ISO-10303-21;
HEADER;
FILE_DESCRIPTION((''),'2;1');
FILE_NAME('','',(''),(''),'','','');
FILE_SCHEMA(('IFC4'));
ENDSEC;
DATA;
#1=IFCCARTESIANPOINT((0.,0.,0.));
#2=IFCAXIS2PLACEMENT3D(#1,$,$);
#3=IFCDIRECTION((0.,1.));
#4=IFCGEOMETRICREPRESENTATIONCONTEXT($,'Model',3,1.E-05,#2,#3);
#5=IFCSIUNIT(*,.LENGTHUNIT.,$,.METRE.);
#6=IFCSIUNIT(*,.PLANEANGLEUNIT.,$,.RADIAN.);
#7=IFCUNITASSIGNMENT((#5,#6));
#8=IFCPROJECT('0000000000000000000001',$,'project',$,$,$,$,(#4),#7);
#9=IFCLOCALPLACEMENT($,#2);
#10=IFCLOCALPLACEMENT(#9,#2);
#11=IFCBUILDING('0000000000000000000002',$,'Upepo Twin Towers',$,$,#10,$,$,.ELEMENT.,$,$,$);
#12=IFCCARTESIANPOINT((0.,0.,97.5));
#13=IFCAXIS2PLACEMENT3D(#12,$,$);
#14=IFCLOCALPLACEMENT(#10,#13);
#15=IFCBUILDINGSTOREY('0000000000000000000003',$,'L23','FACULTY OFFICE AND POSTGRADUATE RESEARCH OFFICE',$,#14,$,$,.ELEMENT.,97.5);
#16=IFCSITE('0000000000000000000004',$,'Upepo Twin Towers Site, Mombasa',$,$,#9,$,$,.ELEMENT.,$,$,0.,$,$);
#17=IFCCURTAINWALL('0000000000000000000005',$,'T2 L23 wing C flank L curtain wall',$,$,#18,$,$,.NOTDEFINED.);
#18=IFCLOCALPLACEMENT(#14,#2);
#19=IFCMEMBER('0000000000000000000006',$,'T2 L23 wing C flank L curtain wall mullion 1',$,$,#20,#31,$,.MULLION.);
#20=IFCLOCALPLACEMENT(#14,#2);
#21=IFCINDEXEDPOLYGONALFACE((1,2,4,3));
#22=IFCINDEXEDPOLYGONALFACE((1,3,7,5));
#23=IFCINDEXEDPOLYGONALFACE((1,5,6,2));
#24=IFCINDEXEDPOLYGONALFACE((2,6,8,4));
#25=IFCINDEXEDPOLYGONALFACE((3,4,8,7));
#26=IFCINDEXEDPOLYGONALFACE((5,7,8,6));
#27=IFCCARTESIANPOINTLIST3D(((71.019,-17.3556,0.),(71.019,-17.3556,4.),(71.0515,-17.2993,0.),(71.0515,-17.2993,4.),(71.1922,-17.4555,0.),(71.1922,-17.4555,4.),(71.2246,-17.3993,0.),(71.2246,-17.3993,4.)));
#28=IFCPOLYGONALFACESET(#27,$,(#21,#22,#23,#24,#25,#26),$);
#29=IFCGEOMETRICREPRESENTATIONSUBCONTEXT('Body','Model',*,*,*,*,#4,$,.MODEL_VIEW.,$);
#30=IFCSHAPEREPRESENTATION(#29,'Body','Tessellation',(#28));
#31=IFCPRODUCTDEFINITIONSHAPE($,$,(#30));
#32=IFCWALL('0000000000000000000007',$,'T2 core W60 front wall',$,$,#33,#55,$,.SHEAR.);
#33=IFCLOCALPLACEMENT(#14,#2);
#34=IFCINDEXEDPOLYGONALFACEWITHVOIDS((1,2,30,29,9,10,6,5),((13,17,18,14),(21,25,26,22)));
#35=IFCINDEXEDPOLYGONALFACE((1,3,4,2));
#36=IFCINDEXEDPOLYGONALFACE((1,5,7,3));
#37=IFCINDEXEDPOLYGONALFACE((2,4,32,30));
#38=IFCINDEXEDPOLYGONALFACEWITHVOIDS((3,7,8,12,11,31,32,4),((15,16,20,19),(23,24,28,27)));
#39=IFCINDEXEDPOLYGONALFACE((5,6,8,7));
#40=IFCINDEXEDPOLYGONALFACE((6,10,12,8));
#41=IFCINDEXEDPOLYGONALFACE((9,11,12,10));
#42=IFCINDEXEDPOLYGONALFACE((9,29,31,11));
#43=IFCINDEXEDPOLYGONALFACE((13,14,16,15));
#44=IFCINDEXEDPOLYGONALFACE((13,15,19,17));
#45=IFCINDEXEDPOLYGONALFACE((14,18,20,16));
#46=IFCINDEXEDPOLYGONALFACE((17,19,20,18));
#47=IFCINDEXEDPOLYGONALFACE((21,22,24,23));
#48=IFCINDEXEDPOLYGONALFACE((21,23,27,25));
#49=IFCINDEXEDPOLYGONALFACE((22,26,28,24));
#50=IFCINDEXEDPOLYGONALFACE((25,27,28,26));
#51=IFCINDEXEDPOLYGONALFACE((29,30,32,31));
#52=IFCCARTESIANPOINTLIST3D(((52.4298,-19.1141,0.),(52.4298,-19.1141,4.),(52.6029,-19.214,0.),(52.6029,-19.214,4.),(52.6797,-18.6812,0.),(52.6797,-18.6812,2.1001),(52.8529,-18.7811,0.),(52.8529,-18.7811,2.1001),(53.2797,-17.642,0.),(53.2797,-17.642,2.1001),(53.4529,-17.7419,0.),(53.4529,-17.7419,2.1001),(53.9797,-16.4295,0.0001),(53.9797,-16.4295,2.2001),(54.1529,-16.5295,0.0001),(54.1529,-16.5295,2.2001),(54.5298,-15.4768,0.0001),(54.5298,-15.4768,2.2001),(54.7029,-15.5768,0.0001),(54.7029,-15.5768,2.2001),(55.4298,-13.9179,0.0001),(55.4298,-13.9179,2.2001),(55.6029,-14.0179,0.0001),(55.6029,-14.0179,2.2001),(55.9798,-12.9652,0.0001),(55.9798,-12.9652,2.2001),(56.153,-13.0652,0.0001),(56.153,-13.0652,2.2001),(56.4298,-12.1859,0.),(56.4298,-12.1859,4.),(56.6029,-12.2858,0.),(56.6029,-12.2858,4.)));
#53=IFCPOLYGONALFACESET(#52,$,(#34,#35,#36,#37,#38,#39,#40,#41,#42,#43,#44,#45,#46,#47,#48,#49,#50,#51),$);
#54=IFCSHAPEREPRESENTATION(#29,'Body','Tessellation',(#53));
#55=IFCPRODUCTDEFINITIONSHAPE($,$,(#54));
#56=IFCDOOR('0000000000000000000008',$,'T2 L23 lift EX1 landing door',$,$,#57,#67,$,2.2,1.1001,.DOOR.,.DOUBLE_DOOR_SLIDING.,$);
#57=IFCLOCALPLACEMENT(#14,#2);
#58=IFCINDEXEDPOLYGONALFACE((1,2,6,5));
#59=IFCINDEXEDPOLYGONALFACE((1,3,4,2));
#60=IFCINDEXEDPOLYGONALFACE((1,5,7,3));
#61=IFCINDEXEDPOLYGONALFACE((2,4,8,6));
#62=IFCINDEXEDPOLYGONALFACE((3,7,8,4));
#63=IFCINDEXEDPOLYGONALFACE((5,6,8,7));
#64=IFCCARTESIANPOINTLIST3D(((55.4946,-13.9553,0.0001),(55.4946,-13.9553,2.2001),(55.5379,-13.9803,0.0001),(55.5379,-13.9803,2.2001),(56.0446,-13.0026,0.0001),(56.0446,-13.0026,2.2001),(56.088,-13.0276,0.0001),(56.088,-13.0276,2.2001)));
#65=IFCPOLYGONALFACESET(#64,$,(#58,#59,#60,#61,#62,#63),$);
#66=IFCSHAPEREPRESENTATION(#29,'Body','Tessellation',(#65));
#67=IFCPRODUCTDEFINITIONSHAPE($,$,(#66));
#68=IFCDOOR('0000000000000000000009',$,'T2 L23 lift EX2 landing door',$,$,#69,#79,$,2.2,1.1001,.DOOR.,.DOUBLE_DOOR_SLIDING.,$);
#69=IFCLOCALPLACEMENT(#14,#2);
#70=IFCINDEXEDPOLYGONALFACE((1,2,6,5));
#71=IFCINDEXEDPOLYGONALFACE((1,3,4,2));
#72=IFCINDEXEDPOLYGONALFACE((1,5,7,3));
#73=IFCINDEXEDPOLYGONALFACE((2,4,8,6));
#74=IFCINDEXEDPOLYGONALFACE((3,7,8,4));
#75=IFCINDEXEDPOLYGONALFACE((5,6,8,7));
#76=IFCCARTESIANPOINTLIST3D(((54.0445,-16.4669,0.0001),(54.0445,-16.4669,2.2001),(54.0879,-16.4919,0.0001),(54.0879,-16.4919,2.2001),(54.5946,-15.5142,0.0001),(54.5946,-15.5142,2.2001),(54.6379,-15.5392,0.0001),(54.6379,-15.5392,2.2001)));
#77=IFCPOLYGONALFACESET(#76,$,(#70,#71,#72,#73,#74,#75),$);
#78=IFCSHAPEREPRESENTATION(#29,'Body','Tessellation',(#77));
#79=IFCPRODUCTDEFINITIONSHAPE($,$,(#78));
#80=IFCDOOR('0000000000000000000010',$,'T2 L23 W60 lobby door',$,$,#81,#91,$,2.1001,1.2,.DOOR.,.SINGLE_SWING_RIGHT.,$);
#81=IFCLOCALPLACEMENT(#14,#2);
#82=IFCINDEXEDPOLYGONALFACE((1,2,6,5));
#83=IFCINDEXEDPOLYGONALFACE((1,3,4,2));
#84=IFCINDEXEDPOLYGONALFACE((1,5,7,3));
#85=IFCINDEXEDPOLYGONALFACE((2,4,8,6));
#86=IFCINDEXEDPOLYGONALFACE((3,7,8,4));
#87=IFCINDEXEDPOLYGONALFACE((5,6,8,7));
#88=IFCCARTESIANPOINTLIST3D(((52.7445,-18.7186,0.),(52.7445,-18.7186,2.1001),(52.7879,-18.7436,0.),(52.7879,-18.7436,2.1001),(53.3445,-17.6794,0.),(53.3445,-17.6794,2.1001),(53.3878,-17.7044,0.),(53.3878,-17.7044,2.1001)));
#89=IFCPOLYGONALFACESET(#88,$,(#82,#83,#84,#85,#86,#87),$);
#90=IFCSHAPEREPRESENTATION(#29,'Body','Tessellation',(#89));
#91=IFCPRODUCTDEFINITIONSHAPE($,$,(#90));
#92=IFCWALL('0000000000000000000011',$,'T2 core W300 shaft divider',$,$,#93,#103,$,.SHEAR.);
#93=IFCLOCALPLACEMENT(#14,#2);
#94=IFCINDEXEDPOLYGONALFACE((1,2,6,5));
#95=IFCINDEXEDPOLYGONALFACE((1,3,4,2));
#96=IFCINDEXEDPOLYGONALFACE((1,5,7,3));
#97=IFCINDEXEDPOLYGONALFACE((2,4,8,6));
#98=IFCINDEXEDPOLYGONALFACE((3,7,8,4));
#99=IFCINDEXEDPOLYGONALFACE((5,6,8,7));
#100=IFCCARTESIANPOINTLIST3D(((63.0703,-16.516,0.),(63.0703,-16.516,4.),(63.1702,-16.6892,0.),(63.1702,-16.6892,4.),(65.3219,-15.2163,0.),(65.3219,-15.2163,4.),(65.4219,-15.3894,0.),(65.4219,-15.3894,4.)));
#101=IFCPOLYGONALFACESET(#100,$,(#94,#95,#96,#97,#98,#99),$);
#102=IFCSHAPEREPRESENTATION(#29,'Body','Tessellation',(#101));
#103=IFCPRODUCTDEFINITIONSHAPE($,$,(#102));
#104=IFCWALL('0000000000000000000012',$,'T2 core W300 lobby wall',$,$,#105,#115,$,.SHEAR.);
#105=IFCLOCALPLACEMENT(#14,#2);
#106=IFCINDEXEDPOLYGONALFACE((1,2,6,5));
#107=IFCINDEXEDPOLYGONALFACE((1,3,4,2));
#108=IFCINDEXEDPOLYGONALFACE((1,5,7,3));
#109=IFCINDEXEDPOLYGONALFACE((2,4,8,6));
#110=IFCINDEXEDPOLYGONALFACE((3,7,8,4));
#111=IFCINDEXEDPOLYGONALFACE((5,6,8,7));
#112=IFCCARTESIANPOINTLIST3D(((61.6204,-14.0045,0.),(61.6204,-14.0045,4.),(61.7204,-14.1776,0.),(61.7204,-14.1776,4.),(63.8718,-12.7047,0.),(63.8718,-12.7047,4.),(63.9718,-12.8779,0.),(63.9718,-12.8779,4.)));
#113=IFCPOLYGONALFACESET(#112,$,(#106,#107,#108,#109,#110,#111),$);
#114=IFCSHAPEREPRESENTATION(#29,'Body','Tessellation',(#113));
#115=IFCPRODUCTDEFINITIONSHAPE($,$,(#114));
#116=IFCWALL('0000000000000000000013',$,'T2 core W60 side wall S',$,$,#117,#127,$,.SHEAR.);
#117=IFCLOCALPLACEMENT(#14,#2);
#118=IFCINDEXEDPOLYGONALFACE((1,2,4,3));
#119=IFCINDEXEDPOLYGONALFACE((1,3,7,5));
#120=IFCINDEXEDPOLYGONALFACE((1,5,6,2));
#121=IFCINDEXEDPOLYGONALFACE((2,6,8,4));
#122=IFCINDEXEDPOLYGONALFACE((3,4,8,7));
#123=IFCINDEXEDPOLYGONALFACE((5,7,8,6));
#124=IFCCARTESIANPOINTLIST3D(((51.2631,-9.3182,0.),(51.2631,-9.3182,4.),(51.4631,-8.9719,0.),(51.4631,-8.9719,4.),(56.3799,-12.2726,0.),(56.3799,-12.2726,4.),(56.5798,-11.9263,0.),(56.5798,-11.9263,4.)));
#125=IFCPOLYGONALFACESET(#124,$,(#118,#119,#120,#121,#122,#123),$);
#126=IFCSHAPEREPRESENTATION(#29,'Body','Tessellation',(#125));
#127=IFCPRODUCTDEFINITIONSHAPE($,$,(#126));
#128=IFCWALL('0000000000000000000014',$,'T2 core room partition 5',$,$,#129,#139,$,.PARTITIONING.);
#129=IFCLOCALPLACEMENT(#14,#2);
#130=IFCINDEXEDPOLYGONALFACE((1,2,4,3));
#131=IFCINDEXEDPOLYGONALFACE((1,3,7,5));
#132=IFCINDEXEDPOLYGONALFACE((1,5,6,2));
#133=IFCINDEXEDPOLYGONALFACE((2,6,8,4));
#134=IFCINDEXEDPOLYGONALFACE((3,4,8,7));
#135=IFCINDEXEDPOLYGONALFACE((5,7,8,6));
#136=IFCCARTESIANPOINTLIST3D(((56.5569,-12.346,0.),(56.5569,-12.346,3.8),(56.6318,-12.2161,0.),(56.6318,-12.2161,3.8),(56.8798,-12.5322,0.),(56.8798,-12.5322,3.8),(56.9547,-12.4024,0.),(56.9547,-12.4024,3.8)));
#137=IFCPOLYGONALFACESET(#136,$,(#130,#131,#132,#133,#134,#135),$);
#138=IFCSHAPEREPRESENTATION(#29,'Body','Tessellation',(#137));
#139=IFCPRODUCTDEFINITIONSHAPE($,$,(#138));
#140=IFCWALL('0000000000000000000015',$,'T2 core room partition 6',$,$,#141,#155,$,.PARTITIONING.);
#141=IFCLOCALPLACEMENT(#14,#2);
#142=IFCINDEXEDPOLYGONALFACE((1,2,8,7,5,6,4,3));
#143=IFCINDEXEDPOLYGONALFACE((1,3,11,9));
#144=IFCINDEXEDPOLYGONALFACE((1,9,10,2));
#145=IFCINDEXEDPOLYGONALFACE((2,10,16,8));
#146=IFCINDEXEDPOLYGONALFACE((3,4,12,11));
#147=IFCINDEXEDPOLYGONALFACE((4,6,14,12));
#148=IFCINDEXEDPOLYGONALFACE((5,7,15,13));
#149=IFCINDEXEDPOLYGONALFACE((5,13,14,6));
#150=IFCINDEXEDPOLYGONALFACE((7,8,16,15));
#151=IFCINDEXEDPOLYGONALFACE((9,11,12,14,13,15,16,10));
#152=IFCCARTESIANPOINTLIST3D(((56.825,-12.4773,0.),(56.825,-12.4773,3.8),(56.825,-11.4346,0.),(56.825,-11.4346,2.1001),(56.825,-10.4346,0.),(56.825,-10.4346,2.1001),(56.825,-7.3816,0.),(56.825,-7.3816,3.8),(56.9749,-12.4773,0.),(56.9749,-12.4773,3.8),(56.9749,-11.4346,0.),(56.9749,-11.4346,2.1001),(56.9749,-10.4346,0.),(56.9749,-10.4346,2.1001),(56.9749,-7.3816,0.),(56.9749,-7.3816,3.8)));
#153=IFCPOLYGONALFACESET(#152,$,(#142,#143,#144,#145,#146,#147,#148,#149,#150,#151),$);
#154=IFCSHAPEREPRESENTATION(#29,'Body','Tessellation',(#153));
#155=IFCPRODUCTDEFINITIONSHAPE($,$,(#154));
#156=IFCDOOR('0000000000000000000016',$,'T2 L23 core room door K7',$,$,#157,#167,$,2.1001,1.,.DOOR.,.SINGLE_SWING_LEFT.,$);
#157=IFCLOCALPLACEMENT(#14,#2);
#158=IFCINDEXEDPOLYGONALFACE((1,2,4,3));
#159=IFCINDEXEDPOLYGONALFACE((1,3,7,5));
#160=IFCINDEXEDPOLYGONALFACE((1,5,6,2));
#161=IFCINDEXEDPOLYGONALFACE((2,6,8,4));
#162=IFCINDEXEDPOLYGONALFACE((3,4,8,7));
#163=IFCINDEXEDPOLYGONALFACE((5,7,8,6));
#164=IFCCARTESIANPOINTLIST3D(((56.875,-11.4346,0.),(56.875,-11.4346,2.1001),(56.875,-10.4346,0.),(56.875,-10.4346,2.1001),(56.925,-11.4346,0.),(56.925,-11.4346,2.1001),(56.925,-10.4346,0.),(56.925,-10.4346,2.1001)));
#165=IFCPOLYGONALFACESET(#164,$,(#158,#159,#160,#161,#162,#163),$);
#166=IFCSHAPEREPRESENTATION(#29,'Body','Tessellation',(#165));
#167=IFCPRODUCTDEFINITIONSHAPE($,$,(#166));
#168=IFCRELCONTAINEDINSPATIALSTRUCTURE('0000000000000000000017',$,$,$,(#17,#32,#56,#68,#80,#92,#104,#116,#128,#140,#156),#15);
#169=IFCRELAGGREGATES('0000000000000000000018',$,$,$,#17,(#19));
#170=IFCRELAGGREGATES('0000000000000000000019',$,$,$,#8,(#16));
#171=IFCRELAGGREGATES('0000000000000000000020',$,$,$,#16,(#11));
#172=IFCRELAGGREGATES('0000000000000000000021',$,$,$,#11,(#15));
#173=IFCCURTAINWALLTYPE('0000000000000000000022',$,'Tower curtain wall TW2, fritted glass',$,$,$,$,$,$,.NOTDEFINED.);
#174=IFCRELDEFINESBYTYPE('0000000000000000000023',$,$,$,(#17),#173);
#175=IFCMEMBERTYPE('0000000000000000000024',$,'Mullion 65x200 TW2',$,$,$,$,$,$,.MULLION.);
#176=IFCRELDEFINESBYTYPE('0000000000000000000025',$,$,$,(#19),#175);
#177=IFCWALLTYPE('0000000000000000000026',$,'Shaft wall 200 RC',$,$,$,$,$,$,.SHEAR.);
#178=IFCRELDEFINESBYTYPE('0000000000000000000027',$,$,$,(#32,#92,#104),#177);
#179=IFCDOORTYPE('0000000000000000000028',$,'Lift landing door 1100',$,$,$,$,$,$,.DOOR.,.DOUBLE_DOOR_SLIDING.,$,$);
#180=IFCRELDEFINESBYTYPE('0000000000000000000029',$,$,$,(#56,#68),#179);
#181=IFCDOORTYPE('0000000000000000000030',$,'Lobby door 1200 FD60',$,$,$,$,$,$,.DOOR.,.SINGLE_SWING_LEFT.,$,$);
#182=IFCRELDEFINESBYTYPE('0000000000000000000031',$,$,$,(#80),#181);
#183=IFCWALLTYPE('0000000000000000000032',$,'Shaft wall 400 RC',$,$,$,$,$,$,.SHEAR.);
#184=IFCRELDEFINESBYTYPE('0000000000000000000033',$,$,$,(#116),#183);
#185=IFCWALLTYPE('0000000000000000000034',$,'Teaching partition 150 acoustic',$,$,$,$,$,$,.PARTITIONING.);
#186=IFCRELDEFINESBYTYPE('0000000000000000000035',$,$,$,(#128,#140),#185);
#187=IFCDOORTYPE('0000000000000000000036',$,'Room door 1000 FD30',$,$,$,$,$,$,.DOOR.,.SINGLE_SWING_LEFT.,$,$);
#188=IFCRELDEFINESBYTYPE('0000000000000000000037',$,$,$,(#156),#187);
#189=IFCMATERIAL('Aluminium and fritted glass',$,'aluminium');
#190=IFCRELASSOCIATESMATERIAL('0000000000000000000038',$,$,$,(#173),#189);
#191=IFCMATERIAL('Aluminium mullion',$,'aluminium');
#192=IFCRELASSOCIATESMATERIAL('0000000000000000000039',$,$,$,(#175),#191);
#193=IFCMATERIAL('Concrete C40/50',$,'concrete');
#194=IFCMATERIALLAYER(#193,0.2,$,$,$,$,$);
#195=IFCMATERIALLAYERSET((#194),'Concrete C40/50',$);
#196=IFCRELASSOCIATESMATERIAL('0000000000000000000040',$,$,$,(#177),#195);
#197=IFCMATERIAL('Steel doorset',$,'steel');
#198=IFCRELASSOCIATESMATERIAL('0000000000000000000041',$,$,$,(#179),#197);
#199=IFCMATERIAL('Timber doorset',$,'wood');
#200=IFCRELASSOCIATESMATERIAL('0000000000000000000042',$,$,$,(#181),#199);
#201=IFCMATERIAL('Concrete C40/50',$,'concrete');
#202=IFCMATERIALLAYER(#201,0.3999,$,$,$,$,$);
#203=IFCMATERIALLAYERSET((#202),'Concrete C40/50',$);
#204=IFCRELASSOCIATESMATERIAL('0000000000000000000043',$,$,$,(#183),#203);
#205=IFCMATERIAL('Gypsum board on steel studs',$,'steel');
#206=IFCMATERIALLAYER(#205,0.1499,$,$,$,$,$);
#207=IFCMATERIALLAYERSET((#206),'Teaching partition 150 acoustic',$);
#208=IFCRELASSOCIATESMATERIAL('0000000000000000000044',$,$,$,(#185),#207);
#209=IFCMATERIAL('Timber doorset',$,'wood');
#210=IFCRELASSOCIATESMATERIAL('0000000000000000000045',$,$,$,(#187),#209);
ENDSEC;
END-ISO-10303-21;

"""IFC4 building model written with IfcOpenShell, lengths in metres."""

from ifc_helpers import new_model, si_unit, direction, frame, frame_2d, origin, origin_2d, place, context, subcontext, project, spatial, rectangle, extrude, material, layer, layer_set, material_profile, profile_set, type_object, element, fill, aggregate, save


model = new_model("IFC4")

# Units and contexts
model_context = context("Model", 3, precision=1e-05, world=origin(), true_north=direction((0.0, 1.0)))
body_context = subcontext(model_context, "Body", "Model", "MODEL_VIEW")
ifc_project = project(units=[si_unit("LENGTHUNIT", "METRE"), si_unit("PLANEANGLEUNIT", "RADIAN")], contexts=[model_context])

# Site, building, storey
site_placement = place(None, origin())
site = spatial("IfcSite", under=ifc_project, at=site_placement, Name="Upepo Twin Towers Site, Mombasa", CompositionType="ELEMENT", RefElevation=0.0)
building_placement = place(site_placement, origin())
building = spatial("IfcBuilding", under=site, at=building_placement, Name="Upepo Twin Towers", CompositionType="ELEMENT")
storey_placement = place(building_placement, frame((0.0, 0.0, 97.5)))
storey = spatial("IfcBuildingStorey", under=building, at=storey_placement, Name="L23", Description="FACULTY OFFICE AND POSTGRADUATE RESEARCH OFFICE", CompositionType="ELEMENT", Elevation=97.5)

# Curtain wall, member
ifc_material_1 = material(Name="Aluminium and fritted glass", Category="aluminium")
curtain_wall_type = type_object("IfcCurtainWallType", Name="Tower curtain wall TW2, fritted glass", PredefinedType="NOTDEFINED", material=ifc_material_1)
curtain_wall_placement = place(storey_placement, origin())
curtain_wall = element("IfcCurtainWall", 1, at=curtain_wall_placement, inside=storey, type_object=curtain_wall_type, Name="T2 L23 wing C flank L curtain wall", PredefinedType="NOTDEFINED")
ifc_material_2 = material(Name="Aluminium mullion", Category="aluminium")
ifc_material_profile = material_profile(ifc_material_2, rectangle(XDim=0.0649, YDim=0.2, at=origin_2d()), Name="MULLION 65x200")
ifc_profile_set = profile_set([ifc_material_profile], Name="Aluminium mullion")
member_type = type_object("IfcMemberType", Name="Mullion 65x200 TW2", PredefinedType="MULLION", material=ifc_profile_set)
member_placement = place(storey_placement, frame((71.1218, -17.3774, 0.0), z_axis=(0.0, 0.0, 1.0), x_axis=(0.5, 0.866025, 0.0)))
member = element("IfcMember", 2, at=member_placement, type_object=member_type, Name="T2 L23 wing C flank L curtain wall mullion 1", PredefinedType="MULLION", context=body_context, shape_type="SweptSolid", body=[
    extrude(rectangle(XDim=0.0649, YDim=0.2, at=origin_2d()), origin(), (0.0, 0.0, 1.0), 4.0),
])
aggregate(curtain_wall, [member])

# Wall, openings, doors
ifc_material_3 = material(Name="Concrete C40/50", Category="concrete")
ifc_layer_1 = layer(ifc_material_3, 0.2)
ifc_layer_set_1 = layer_set([ifc_layer_1], Name="Concrete C40/50")
wall_type_1 = type_object("IfcWallType", Name="Shaft wall 200 RC", PredefinedType="SHEAR", material=ifc_layer_set_1)
wall_1_placement = place(storey_placement, frame((56.5164, -12.2358, 0.0), z_axis=(0.0, 0.0, 1.0), x_axis=(-0.499999, -0.866026, 0.0)))
wall_1 = element("IfcWall", 3, at=wall_1_placement, inside=storey, type_object=wall_type_1, Name="T2 core W60 front wall", PredefinedType="SHEAR", context=body_context, shape_type="SweptSolid", body=[
    extrude(rectangle(XDim=8.0, YDim=0.2, at=frame_2d((4.0, 0.0))), origin(), (0.0, 0.0, 1.0), 4.0),
])
opening_1_placement = place(wall_1_placement, frame((6.3, 0.0, 0.0)))
opening_1 = element("IfcOpeningElement", 4, at=opening_1_placement, cuts=wall_1, PredefinedType="OPENING", context=body_context, shape_type="SweptSolid", body=[
    extrude(rectangle(XDim=1.2, YDim=2.1001, at=frame_2d((0.6001, 1.05))), frame((0.0, 0.1099, 0.0), z_axis=(0.0, -1.0, 0.0), x_axis=(1.0, 0.0, 0.0)), (0.0, 0.0, 1.0), 0.22),
])
opening_2_placement = place(wall_1_placement, frame((0.8999, 0.0, 0.0)))
opening_2 = element("IfcOpeningElement", 5, at=opening_2_placement, cuts=wall_1, PredefinedType="OPENING", context=body_context, shape_type="SweptSolid", body=[
    extrude(rectangle(XDim=1.1001, YDim=2.2, at=frame_2d((0.55, 1.1001))), frame((0.0, 0.1099, 0.0), z_axis=(0.0, -1.0, 0.0), x_axis=(1.0, 0.0, 0.0)), (0.0, 0.0, 1.0), 0.22),
])
opening_3_placement = place(wall_1_placement, frame((3.8, 0.0, 0.0)))
opening_3 = element("IfcOpeningElement", 6, at=opening_3_placement, cuts=wall_1, PredefinedType="OPENING", context=body_context, shape_type="SweptSolid", body=[
    extrude(rectangle(XDim=1.1001, YDim=2.2, at=frame_2d((0.55, 1.1001))), frame((0.0, 0.1099, 0.0), z_axis=(0.0, -1.0, 0.0), x_axis=(1.0, 0.0, 0.0)), (0.0, 0.0, 1.0), 0.22),
])
ifc_material_4 = material(Name="Steel doorset", Category="steel")
door_type_1 = type_object("IfcDoorType", Name="Lift landing door 1100", OperationType="DOUBLE_DOOR_SLIDING", PredefinedType="DOOR", material=ifc_material_4)
door_1_placement = place(opening_2_placement, origin())
door_1 = element("IfcDoor", 7, at=door_1_placement, inside=storey, type_object=door_type_1, Name="T2 L23 lift EX1 landing door", OperationType="DOUBLE_DOOR_SLIDING", OverallHeight=2.2, OverallWidth=1.1001, PredefinedType="DOOR", context=body_context, shape_type="SweptSolid", body=[
    extrude(rectangle(XDim=1.1001, YDim=2.2, at=frame_2d((0.55, 1.1001))), frame((0.0, 0.0249, 0.0), z_axis=(0.0, -1.0, 0.0), x_axis=(1.0, 0.0, 0.0)), (0.0, 0.0, 1.0), 0.05),
])
fill(opening_2, door_1)
door_2_placement = place(opening_3_placement, origin())
door_2 = element("IfcDoor", 8, at=door_2_placement, inside=storey, type_object=door_type_1, Name="T2 L23 lift EX2 landing door", OperationType="DOUBLE_DOOR_SLIDING", OverallHeight=2.2, OverallWidth=1.1001, PredefinedType="DOOR", context=body_context, shape_type="SweptSolid", body=[
    extrude(rectangle(XDim=1.1001, YDim=2.2, at=frame_2d((0.55, 1.1001))), frame((0.0, 0.0249, 0.0), z_axis=(0.0, -1.0, 0.0), x_axis=(1.0, 0.0, 0.0)), (0.0, 0.0, 1.0), 0.05),
])
fill(opening_3, door_2)
ifc_material_5 = material(Name="Timber doorset", Category="wood")
door_type_2 = type_object("IfcDoorType", Name="Lobby door 1200 FD60", OperationType="SINGLE_SWING_LEFT", PredefinedType="DOOR", material=ifc_material_5)
door_3_placement = place(opening_1_placement, origin())
door_3 = element("IfcDoor", 9, at=door_3_placement, inside=storey, type_object=door_type_2, Name="T2 L23 W60 lobby door", OperationType="SINGLE_SWING_RIGHT", OverallHeight=2.1001, OverallWidth=1.2, PredefinedType="DOOR", context=body_context, shape_type="SweptSolid", body=[
    extrude(rectangle(XDim=1.2, YDim=2.1001, at=frame_2d((0.6001, 1.05))), frame((0.0, 0.0249, 0.0), z_axis=(0.0, -1.0, 0.0), x_axis=(1.0, 0.0, 0.0)), (0.0, 0.0, 1.0), 0.05),
])
fill(opening_1, door_3)

# Walls
wall_2_placement = place(storey_placement, frame((63.1204, -16.6025, 0.0), z_axis=(0.0, 0.0, 1.0), x_axis=(0.866062, 0.499937, 0.0)))
element("IfcWall", 10, at=wall_2_placement, inside=storey, type_object=wall_type_1, Name="T2 core W300 shaft divider", PredefinedType="SHEAR", context=body_context, shape_type="SweptSolid", body=[
    extrude(rectangle(XDim=2.5999, YDim=0.2, at=frame_2d((1.2998, 0.0))), origin(), (0.0, 0.0, 1.0), 4.0),
])
wall_3_placement = place(storey_placement, frame((61.6704, -14.0911, 0.0), z_axis=(0.0, 0.0, 1.0), x_axis=(0.866039, 0.499977, 0.0)))
element("IfcWall", 11, at=wall_3_placement, inside=storey, type_object=wall_type_1, Name="T2 core W300 lobby wall", PredefinedType="SHEAR", context=body_context, shape_type="SweptSolid", body=[
    extrude(rectangle(XDim=2.5996, YDim=0.2, at=frame_2d((1.2998, 0.0))), origin(), (0.0, 0.0, 1.0), 4.0),
])
ifc_material_6 = material(Name="Concrete C40/50", Category="concrete")
ifc_layer_2 = layer(ifc_material_6, 0.3999)
ifc_layer_set_2 = layer_set([ifc_layer_2], Name="Concrete C40/50")
wall_type_2 = type_object("IfcWallType", Name="Shaft wall 400 RC", PredefinedType="SHEAR", material=ifc_layer_set_2)
wall_4_placement = place(storey_placement, frame((56.4797, -12.0994, 0.0), z_axis=(0.0, 0.0, 1.0), x_axis=(-0.866009, 0.500028, 0.0)))
element("IfcWall", 12, at=wall_4_placement, inside=storey, type_object=wall_type_2, Name="T2 core W60 side wall S", PredefinedType="SHEAR", context=body_context, shape_type="SweptSolid", body=[
    extrude(rectangle(XDim=5.9084, YDim=0.3999, at=frame_2d((2.9541, 0.0))), origin(), (0.0, 0.0, 1.0), 4.0),
])
ifc_material_7 = material(Name="Gypsum board on steel studs", Category="steel")
ifc_layer_3 = layer(ifc_material_7, 0.1499)
ifc_layer_set_3 = layer_set([ifc_layer_3], Name="Teaching partition 150 acoustic")
wall_type_3 = type_object("IfcWallType", Name="Teaching partition 150 acoustic", PredefinedType="PARTITIONING", material=ifc_layer_set_3)
wall_5_placement = place(storey_placement, frame((56.5942, -12.281, 0.0), z_axis=(0.0, 0.0, 1.0), x_axis=(0.866262, -0.49959, 0.0)))
element("IfcWall", 13, at=wall_5_placement, inside=storey, type_object=wall_type_3, Name="T2 core room partition 5", PredefinedType="PARTITIONING", context=body_context, shape_type="SweptSolid", body=[
    extrude(rectangle(XDim=0.3728, YDim=0.1499, at=frame_2d((0.1865, 0.0))), origin(), (0.0, 0.0, 1.0), 3.8),
])

# Wall, opening, door
wall_6_placement = place(storey_placement, frame((56.8999, -12.4773, 0.0), z_axis=(0.0, 0.0, 1.0), x_axis=(0.0, 1.0, 0.0)))
wall_6 = element("IfcWall", 14, at=wall_6_placement, inside=storey, type_object=wall_type_3, Name="T2 core room partition 6", PredefinedType="PARTITIONING", context=body_context, shape_type="SweptSolid", body=[
    extrude(rectangle(XDim=5.0957, YDim=0.1499, at=frame_2d((2.5479, 0.0))), origin(), (0.0, 0.0, 1.0), 3.8),
])
opening_4_placement = place(wall_6_placement, frame((1.0427, 0.0, 0.0)))
opening_4 = element("IfcOpeningElement", 15, at=opening_4_placement, cuts=wall_6, PredefinedType="OPENING", context=body_context, shape_type="SweptSolid", body=[
    extrude(rectangle(XDim=1.0, YDim=2.1001, at=frame_2d((0.5, 1.05))), frame((0.0, 0.085, 0.0), z_axis=(0.0, -1.0, 0.0), x_axis=(1.0, 0.0, 0.0)), (0.0, 0.0, 1.0), 0.1699),
])
ifc_material_8 = material(Name="Timber doorset", Category="wood")
door_type_3 = type_object("IfcDoorType", Name="Room door 1000 FD30", OperationType="SINGLE_SWING_LEFT", PredefinedType="DOOR", material=ifc_material_8)
door_4_placement = place(opening_4_placement, origin())
door_4 = element("IfcDoor", 16, at=door_4_placement, inside=storey, type_object=door_type_3, Name="T2 L23 core room door K7", OperationType="SINGLE_SWING_LEFT", OverallHeight=2.1001, OverallWidth=1.0, PredefinedType="DOOR", context=body_context, shape_type="SweptSolid", body=[
    extrude(rectangle(XDim=1.0, YDim=2.1001, at=frame_2d((0.5, 1.05))), frame((0.0, 0.0249, 0.0), z_axis=(0.0, -1.0, 0.0), x_axis=(1.0, 0.0, 0.0)), (0.0, 0.0, 1.0), 0.05),
])
fill(opening_4, door_4)

save(model, "model.ifc")
